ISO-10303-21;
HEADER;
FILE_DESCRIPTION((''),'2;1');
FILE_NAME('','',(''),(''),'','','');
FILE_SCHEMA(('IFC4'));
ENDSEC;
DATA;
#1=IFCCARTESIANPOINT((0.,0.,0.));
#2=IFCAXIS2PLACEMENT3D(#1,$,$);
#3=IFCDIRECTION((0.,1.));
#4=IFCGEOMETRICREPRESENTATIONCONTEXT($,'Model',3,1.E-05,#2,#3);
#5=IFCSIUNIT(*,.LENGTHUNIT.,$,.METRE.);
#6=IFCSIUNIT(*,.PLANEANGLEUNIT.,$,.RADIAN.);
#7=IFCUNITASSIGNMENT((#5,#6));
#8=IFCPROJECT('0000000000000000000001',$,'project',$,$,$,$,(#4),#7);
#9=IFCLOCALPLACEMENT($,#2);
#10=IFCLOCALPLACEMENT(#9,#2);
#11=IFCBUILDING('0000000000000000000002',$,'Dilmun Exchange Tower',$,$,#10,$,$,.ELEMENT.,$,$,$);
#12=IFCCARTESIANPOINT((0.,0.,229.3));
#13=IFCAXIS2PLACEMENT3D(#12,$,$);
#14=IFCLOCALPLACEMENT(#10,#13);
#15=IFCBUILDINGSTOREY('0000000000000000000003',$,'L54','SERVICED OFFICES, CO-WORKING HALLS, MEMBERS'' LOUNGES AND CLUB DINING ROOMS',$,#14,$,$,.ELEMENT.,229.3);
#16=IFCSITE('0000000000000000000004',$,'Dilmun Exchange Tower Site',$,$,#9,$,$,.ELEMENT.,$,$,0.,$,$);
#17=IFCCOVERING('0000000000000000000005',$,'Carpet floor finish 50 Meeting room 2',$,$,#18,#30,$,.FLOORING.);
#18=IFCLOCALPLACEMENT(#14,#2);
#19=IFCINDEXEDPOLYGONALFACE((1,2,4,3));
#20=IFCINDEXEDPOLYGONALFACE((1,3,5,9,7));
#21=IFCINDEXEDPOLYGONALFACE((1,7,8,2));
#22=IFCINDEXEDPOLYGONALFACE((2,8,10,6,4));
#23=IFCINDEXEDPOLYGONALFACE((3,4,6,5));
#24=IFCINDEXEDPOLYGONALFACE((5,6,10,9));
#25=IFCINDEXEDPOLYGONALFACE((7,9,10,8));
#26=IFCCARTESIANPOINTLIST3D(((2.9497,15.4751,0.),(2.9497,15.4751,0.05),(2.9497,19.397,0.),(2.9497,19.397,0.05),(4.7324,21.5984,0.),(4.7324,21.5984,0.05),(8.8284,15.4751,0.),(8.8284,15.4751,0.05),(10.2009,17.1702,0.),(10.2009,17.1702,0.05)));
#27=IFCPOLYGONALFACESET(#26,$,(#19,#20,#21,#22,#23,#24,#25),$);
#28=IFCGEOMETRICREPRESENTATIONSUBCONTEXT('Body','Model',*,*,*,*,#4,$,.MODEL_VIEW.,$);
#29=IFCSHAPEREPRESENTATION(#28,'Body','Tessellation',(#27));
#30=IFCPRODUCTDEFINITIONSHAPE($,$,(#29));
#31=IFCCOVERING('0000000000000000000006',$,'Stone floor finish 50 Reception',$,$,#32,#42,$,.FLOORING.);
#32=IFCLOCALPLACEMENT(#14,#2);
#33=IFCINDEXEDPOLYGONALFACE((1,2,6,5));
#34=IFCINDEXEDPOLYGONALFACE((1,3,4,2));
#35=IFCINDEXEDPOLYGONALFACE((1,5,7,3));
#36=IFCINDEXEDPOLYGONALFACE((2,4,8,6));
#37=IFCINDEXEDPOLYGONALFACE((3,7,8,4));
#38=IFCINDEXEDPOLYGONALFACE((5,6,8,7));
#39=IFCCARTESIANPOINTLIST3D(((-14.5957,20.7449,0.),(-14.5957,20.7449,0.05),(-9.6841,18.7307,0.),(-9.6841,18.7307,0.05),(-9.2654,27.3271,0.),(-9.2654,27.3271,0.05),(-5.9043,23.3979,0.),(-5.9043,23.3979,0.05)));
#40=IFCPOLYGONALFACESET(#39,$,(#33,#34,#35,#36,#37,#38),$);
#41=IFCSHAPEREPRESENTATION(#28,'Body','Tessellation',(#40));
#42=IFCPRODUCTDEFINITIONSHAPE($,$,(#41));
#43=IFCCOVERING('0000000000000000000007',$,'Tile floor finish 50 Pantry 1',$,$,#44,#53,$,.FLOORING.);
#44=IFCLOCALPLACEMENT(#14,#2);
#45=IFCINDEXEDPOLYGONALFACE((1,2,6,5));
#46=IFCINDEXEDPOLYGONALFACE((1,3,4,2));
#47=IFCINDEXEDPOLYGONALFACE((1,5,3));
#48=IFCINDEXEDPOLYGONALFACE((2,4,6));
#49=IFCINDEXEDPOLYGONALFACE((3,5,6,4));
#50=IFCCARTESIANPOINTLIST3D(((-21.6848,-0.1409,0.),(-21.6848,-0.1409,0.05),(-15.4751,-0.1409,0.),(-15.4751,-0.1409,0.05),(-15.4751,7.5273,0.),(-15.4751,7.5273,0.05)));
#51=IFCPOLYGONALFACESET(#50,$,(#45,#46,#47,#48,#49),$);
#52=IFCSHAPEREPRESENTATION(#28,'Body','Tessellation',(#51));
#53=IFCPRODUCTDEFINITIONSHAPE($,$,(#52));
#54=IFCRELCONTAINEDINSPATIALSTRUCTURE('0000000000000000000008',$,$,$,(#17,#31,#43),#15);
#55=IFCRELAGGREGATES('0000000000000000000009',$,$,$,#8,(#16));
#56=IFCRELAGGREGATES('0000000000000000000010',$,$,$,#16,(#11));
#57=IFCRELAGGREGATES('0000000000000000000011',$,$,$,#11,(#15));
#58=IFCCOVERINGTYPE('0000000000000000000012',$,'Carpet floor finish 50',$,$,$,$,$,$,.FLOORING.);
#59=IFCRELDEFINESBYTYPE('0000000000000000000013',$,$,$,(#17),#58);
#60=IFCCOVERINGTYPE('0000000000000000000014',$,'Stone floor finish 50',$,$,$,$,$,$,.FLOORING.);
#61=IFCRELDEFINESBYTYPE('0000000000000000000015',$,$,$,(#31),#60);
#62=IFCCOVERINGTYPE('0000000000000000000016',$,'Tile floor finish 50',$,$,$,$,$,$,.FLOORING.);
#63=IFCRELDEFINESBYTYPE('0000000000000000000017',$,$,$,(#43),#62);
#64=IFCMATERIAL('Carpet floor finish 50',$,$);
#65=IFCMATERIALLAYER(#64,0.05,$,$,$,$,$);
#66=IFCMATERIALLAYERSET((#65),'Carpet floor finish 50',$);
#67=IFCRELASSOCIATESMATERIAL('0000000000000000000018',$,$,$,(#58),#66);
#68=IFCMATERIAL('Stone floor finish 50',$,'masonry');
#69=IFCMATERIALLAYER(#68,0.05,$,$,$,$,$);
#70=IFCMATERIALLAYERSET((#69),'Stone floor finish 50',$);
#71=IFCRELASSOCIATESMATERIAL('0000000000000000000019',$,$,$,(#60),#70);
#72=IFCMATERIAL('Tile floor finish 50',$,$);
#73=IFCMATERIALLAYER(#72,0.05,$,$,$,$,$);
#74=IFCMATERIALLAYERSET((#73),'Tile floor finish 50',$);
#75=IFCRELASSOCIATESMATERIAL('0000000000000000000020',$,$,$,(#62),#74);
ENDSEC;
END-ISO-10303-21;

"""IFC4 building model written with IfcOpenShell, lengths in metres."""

from ifc_helpers import new_model, si_unit, direction, frame, origin, place, context, subcontext, project, spatial, polyline, outline, extrude, material, layer, layer_set, type_object, element, save


model = new_model("IFC4")

# Units and contexts
model_context = context("Model", 3, precision=1e-05, world=origin(), true_north=direction((0.0, 1.0)))
body_context = subcontext(model_context, "Body", "Model", "MODEL_VIEW")
ifc_project = project(units=[si_unit("LENGTHUNIT", "METRE"), si_unit("PLANEANGLEUNIT", "RADIAN")], contexts=[model_context])

# Site, building, storey
site_placement = place(None, origin())
site = spatial("IfcSite", under=ifc_project, at=site_placement, Name="Dilmun Exchange Tower Site", CompositionType="ELEMENT", RefElevation=0.0)
building_placement = place(site_placement, origin())
building = spatial("IfcBuilding", under=site, at=building_placement, Name="Dilmun Exchange Tower", CompositionType="ELEMENT")
storey_placement = place(building_placement, frame((0.0, 0.0, 229.3)))
storey = spatial("IfcBuildingStorey", under=building, at=storey_placement, Name="L54", Description="SERVICED OFFICES, CO-WORKING HALLS, MEMBERS' LOUNGES AND CLUB DINING ROOMS", CompositionType="ELEMENT", Elevation=229.3)

# Coverings
ifc_material_1 = material(Name="Carpet floor finish 50")
ifc_layer_1 = layer(ifc_material_1, 0.05)
ifc_layer_set_1 = layer_set([ifc_layer_1], Name="Carpet floor finish 50")
covering_type_1 = type_object("IfcCoveringType", Name="Carpet floor finish 50", PredefinedType="FLOORING", material=ifc_layer_set_1)
covering_1_placement = place(storey_placement, origin())
element("IfcCovering", 1, at=covering_1_placement, inside=storey, type_object=covering_type_1, Name="Carpet floor finish 50 Meeting room 2", PredefinedType="FLOORING", context=body_context, shape_type="SweptSolid", body=[
    extrude(outline(polyline([(8.8284, 15.4751), (2.9497, 15.4751), (2.9497, 19.397), (4.7324, 21.5984), (10.2009, 17.1702), (8.8284, 15.4751)])), origin(), (0.0, 0.0, 1.0), 0.05),
])
ifc_material_2 = material(Name="Stone floor finish 50", Category="masonry")
ifc_layer_2 = layer(ifc_material_2, 0.05)
ifc_layer_set_2 = layer_set([ifc_layer_2], Name="Stone floor finish 50")
covering_type_2 = type_object("IfcCoveringType", Name="Stone floor finish 50", PredefinedType="FLOORING", material=ifc_layer_set_2)
covering_2_placement = place(storey_placement, origin())
element("IfcCovering", 2, at=covering_2_placement, inside=storey, type_object=covering_type_2, Name="Stone floor finish 50 Reception", PredefinedType="FLOORING", context=body_context, shape_type="SweptSolid", body=[
    extrude(outline(polyline([(-14.5957, 20.7449), (-9.2654, 27.3271), (-5.9043, 23.3979), (-9.6841, 18.7307), (-14.5957, 20.7449)])), origin(), (0.0, 0.0, 1.0), 0.05),
])
ifc_material_3 = material(Name="Tile floor finish 50")
ifc_layer_3 = layer(ifc_material_3, 0.05)
ifc_layer_set_3 = layer_set([ifc_layer_3], Name="Tile floor finish 50")
covering_type_3 = type_object("IfcCoveringType", Name="Tile floor finish 50", PredefinedType="FLOORING", material=ifc_layer_set_3)
covering_3_placement = place(storey_placement, origin())
element("IfcCovering", 3, at=covering_3_placement, inside=storey, type_object=covering_type_3, Name="Tile floor finish 50 Pantry 1", PredefinedType="FLOORING", context=body_context, shape_type="SweptSolid", body=[
    extrude(outline(polyline([(-15.4751, 7.5273), (-15.4751, -0.1409), (-21.6848, -0.1409), (-15.4751, 7.5273)])), origin(), (0.0, 0.0, 1.0), 0.05),
])

save(model, "model.ifc")
